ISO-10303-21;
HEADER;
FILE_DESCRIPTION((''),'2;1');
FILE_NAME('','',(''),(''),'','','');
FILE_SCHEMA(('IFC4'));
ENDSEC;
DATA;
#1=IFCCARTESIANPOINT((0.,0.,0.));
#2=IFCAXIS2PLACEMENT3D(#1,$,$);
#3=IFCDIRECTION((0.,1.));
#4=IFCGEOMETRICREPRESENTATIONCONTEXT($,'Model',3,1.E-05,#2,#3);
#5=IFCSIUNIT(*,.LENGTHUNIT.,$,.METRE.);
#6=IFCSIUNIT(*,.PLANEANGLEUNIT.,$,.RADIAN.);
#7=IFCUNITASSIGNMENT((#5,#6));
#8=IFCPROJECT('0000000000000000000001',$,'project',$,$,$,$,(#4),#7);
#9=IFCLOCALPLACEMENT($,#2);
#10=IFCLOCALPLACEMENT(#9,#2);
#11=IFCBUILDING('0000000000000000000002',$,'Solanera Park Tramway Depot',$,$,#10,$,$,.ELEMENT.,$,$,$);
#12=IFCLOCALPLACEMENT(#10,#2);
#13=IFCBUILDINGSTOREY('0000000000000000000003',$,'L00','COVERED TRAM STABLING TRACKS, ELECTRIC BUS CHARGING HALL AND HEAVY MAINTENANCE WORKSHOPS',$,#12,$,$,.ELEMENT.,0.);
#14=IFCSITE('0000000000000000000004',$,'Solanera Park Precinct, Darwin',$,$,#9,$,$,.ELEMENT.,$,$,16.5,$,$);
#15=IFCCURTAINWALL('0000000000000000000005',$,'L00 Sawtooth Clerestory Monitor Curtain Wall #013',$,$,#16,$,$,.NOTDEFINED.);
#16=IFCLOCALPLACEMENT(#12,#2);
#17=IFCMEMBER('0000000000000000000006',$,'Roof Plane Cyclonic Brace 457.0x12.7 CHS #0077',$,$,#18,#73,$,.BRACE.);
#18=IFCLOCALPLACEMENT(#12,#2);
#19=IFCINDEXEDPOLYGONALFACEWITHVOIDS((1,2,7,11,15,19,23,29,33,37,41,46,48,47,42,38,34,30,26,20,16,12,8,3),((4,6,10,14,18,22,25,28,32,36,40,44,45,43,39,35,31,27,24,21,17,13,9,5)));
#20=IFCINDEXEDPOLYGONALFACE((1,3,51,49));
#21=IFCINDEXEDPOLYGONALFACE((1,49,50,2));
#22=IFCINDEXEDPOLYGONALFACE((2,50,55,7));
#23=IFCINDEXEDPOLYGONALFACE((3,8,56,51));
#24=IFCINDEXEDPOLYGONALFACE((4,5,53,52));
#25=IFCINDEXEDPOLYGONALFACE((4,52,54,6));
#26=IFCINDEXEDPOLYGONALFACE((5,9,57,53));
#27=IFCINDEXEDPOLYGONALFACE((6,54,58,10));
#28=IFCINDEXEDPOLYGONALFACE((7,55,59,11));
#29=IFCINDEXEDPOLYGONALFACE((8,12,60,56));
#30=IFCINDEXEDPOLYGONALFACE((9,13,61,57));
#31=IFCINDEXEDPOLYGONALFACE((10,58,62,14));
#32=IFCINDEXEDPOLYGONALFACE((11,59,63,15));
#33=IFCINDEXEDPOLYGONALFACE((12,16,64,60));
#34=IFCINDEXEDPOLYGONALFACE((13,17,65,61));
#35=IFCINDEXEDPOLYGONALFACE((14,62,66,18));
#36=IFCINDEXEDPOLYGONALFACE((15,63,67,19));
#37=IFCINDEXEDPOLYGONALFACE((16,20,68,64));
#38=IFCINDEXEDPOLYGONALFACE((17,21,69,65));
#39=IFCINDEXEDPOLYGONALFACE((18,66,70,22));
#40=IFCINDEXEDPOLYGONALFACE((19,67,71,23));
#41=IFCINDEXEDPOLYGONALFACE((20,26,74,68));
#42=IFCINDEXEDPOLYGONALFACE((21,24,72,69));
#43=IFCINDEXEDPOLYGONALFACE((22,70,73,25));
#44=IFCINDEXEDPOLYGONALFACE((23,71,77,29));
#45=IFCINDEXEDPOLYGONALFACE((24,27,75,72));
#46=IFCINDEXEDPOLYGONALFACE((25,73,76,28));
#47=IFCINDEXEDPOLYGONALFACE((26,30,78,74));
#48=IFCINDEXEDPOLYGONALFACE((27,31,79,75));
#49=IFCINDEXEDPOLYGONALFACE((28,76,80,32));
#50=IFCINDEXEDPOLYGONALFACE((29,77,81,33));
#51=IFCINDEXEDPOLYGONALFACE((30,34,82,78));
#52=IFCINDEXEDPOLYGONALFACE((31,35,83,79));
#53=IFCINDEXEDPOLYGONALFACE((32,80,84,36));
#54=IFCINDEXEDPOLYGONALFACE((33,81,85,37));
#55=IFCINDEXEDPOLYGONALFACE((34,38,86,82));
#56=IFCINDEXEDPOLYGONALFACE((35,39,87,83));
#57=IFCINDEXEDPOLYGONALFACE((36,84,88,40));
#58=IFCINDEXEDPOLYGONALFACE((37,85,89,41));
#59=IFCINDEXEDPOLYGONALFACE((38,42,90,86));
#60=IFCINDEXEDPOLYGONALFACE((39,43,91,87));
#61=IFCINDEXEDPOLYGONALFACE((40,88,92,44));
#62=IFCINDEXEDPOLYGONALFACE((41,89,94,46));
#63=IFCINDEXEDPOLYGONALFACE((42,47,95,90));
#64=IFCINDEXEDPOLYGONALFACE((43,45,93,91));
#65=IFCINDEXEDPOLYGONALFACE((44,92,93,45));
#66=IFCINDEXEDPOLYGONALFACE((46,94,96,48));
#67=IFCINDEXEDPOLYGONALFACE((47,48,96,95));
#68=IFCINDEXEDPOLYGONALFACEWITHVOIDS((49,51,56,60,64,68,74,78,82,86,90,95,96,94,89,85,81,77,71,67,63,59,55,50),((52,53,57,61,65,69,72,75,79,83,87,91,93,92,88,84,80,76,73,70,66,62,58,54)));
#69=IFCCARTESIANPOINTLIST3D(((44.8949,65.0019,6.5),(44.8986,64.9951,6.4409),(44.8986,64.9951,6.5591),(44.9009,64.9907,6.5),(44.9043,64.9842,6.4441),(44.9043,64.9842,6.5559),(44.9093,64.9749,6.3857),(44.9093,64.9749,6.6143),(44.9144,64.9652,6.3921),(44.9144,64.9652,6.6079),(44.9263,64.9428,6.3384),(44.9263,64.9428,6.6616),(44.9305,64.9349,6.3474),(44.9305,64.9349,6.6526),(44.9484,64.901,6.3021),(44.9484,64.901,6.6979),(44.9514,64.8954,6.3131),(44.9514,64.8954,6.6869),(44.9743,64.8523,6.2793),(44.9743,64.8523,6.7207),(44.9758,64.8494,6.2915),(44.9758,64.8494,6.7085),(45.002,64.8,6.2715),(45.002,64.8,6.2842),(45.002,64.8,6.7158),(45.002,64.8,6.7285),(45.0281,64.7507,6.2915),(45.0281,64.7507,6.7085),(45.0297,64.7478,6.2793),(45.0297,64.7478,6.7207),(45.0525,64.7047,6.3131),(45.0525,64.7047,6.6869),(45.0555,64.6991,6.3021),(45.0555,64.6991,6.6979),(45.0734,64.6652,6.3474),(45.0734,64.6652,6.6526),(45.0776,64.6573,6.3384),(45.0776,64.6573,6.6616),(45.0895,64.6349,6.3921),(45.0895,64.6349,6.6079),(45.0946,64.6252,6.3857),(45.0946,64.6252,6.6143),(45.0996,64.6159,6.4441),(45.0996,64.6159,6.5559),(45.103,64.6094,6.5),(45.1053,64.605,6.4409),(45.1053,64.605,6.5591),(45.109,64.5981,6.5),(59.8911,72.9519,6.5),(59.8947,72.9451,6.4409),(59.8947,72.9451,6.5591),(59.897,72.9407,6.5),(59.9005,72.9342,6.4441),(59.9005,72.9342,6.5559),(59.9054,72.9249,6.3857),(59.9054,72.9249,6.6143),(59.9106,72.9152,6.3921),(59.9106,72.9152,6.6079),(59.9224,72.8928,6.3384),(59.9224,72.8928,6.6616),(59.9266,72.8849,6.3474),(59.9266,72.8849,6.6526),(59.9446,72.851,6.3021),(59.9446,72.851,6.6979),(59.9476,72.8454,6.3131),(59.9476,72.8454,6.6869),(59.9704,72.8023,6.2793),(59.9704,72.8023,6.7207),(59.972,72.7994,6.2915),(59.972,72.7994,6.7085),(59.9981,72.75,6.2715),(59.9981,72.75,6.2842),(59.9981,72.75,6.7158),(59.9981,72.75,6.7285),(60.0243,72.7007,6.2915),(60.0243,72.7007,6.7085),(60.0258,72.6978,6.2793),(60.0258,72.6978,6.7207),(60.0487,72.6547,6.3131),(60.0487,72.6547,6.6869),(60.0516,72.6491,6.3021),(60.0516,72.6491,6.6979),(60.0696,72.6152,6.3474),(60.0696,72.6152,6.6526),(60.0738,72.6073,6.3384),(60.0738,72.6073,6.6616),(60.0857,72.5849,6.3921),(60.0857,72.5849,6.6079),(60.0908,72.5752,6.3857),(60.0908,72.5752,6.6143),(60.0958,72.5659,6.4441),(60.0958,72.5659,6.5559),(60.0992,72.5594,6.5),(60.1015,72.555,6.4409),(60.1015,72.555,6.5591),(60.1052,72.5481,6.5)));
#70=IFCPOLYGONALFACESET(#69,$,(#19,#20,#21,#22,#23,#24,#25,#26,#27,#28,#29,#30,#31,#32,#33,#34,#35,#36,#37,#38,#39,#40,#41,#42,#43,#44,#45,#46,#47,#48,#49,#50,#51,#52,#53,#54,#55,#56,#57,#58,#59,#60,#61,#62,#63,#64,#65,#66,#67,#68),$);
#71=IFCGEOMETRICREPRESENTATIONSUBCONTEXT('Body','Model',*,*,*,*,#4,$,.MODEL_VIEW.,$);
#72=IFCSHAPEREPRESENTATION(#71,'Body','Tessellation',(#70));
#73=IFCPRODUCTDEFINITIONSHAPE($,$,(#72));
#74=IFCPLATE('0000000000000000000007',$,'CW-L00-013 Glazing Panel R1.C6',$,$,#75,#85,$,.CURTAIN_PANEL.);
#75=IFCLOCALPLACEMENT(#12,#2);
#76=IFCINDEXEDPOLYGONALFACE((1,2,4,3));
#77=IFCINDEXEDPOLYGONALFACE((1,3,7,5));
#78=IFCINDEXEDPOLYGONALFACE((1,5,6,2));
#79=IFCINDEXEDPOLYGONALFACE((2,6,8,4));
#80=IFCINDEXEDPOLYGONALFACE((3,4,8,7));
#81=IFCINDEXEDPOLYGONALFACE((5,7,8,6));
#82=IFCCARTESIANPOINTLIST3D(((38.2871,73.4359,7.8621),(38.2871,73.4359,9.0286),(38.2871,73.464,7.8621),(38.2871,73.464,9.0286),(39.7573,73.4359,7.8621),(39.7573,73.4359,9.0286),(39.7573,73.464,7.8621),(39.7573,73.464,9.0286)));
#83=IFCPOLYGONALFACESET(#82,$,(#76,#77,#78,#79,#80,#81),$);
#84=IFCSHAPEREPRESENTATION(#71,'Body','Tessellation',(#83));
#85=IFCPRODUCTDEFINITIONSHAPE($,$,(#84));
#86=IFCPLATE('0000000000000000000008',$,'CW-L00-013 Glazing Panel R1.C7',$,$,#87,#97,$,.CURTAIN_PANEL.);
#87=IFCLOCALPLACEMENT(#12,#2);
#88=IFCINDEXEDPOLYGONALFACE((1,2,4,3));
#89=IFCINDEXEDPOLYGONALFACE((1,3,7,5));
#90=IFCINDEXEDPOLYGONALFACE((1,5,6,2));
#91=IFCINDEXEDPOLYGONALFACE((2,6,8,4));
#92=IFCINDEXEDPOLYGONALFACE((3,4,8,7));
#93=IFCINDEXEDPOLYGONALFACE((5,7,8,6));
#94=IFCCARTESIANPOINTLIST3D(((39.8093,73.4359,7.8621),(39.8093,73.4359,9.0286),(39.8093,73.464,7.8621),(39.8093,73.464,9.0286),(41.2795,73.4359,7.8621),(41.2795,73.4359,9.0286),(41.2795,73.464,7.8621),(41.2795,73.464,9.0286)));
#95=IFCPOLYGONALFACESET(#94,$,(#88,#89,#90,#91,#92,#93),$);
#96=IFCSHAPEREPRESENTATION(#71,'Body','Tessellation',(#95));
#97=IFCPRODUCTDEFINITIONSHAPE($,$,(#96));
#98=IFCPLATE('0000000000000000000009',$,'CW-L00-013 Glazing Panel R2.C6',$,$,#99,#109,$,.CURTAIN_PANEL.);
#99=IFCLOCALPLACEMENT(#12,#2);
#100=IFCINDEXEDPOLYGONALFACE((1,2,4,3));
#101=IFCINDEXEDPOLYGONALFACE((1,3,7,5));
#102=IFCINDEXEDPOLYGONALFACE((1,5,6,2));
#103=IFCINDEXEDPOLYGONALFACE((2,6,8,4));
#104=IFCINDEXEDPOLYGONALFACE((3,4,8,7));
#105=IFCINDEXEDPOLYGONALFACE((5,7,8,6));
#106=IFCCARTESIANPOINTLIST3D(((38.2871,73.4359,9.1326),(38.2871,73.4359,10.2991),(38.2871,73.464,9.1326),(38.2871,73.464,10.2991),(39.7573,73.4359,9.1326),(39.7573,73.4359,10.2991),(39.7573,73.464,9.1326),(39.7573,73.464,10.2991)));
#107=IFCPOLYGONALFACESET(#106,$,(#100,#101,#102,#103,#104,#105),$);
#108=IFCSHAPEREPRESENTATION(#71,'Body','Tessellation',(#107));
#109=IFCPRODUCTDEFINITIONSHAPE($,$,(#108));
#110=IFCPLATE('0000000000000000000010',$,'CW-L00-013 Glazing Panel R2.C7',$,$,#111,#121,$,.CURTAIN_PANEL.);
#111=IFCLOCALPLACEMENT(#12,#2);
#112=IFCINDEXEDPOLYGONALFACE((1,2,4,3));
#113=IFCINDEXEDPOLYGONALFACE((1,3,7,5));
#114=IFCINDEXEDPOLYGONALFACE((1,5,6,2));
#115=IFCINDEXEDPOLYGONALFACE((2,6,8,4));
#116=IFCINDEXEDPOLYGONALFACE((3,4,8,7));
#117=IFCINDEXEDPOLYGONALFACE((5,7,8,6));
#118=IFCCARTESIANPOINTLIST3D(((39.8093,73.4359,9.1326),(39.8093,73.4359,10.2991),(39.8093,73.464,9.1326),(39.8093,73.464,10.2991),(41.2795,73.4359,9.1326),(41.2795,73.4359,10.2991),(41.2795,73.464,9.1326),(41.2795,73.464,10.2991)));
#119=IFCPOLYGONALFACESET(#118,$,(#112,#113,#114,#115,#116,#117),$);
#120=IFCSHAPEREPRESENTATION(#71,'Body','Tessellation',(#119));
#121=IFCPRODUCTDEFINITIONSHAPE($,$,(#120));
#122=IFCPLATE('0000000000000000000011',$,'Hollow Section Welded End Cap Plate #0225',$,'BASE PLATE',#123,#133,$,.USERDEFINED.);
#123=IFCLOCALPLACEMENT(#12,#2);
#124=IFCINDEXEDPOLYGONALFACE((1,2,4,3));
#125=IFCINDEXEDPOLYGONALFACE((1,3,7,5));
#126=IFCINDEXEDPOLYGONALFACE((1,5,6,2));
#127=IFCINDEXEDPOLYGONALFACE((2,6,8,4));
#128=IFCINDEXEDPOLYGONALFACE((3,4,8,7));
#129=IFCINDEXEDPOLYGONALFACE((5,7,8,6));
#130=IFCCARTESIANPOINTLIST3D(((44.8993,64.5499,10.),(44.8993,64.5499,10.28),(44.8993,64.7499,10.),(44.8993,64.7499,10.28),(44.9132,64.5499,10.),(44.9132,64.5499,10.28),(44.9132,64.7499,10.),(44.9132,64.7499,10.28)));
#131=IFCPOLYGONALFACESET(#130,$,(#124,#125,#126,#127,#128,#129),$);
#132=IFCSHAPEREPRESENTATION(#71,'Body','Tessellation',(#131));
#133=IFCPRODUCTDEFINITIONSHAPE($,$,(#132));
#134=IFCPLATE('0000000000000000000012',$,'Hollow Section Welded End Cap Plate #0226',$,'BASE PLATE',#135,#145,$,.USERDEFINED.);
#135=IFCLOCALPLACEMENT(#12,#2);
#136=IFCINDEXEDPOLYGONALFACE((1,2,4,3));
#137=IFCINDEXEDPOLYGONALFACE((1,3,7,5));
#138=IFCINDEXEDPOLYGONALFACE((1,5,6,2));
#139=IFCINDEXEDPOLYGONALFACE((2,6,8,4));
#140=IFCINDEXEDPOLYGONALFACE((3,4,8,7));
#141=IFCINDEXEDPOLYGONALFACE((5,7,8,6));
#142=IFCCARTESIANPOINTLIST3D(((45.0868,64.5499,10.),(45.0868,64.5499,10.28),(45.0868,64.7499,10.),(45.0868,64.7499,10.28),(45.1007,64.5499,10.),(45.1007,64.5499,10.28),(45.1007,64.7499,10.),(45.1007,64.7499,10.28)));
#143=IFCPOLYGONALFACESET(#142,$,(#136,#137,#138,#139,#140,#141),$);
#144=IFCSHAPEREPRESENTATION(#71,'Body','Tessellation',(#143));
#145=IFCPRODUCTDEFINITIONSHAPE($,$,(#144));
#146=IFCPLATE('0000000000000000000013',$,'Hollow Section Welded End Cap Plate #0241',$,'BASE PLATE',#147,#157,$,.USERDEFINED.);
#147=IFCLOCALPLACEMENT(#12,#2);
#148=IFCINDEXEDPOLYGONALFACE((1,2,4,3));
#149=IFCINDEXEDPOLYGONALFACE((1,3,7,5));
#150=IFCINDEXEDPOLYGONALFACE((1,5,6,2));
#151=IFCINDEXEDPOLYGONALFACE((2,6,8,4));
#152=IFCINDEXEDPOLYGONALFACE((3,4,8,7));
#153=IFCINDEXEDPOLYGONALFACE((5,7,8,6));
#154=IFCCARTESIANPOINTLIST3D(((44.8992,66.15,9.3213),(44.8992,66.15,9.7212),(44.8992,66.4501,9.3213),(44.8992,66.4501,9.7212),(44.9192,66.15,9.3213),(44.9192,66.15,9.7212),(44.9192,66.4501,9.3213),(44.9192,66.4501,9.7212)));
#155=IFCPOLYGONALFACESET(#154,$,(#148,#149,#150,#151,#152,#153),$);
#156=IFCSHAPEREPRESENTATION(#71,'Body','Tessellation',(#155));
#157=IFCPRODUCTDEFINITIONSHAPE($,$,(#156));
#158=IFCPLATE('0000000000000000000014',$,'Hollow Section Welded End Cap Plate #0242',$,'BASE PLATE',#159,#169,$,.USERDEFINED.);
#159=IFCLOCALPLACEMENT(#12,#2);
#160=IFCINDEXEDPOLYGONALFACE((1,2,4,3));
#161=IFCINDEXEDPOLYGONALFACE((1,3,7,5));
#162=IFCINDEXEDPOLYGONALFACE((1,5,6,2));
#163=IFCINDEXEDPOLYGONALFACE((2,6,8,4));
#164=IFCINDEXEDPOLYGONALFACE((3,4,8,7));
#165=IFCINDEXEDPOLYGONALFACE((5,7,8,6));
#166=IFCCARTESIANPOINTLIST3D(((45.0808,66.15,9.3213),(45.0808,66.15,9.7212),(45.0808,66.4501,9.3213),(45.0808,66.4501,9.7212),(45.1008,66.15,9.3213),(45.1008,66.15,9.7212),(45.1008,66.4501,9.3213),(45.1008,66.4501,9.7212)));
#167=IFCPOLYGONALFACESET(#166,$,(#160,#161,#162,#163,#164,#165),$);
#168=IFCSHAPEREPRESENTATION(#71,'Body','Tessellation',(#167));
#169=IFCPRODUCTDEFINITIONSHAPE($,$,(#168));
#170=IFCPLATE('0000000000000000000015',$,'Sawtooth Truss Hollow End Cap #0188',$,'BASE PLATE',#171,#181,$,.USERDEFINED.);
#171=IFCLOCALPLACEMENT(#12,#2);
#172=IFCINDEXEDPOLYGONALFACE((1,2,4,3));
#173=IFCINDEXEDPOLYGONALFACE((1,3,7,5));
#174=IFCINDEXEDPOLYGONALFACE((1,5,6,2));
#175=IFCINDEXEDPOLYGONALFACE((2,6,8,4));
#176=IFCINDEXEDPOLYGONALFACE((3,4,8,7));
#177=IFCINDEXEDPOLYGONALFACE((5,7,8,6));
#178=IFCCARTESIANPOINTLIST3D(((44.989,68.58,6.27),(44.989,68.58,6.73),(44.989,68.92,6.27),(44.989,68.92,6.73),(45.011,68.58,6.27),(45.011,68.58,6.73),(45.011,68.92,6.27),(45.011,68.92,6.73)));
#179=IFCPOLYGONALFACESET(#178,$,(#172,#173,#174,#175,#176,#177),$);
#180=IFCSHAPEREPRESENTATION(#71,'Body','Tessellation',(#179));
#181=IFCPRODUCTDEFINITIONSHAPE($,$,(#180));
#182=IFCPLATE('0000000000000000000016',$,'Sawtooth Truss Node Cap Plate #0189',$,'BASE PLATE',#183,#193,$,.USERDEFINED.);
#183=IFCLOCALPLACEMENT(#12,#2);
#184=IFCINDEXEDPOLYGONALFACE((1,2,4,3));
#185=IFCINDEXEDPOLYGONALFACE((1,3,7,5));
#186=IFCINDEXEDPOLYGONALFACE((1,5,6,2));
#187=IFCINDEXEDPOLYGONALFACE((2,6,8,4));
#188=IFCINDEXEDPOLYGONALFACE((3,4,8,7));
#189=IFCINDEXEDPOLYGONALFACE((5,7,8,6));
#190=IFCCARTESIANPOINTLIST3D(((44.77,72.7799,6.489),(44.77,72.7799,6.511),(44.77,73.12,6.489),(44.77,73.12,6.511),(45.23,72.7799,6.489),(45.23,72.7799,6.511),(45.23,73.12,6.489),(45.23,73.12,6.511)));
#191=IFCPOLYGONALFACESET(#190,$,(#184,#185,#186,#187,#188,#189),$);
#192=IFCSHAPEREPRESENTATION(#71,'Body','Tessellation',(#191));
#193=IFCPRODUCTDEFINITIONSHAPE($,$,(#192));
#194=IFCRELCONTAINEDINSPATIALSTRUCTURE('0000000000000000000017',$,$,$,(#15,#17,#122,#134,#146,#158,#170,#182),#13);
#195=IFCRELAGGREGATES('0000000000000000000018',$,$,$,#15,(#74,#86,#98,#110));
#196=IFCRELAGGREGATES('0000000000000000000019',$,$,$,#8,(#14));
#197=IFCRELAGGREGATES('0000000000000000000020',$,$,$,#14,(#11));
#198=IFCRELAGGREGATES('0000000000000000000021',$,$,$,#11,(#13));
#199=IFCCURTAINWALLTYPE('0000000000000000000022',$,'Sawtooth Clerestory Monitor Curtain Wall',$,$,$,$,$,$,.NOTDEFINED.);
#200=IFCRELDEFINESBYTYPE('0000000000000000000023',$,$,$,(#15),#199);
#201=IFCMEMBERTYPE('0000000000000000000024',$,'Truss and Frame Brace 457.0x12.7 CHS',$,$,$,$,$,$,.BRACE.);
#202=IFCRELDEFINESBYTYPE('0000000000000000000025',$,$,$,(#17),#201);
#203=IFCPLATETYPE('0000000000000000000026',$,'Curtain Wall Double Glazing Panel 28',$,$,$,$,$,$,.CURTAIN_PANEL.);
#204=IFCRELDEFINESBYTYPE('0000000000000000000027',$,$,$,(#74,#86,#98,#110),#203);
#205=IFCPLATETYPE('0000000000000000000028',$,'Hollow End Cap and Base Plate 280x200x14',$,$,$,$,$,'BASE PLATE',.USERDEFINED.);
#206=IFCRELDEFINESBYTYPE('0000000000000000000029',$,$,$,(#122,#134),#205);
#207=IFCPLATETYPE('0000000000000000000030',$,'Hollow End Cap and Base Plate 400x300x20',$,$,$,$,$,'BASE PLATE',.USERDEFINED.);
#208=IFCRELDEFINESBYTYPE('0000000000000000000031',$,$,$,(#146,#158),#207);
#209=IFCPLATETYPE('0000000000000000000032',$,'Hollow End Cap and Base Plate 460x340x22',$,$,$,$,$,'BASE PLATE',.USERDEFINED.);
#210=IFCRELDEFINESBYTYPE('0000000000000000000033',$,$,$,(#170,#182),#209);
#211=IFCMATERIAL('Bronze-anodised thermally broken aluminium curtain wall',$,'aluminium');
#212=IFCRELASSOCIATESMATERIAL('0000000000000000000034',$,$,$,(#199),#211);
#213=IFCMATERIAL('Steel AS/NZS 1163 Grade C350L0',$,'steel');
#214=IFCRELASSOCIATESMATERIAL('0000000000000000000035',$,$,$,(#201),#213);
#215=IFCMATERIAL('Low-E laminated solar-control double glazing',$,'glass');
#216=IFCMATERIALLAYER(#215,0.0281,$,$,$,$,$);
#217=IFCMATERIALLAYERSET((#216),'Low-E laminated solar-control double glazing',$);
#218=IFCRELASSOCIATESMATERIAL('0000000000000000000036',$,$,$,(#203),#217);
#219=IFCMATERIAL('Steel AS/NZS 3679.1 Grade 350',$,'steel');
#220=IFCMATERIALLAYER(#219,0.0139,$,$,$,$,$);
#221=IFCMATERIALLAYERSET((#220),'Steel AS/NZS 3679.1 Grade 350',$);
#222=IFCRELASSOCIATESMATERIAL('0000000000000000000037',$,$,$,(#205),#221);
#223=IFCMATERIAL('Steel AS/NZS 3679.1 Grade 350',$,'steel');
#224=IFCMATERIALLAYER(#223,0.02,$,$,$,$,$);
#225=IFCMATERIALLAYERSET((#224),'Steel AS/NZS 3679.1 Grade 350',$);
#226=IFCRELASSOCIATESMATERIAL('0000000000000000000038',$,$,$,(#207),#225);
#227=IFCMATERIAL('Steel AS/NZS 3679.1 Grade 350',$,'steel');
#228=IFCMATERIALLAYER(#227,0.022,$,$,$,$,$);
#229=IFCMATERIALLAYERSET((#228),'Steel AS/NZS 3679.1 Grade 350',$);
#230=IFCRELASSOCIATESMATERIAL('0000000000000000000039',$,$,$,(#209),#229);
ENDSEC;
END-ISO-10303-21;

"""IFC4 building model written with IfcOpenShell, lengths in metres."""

from ifc_helpers import new_model, si_unit, direction, frame, origin, origin_2d, place, context, subcontext, project, spatial, rectangle, hollow_circle, extrude, material, layer, layer_set, material_profile, profile_set, type_object, element, aggregate, save


model = new_model("IFC4")

# Units and contexts
model_context = context("Model", 3, precision=1e-05, world=origin(), true_north=direction((0.0, 1.0)))
body_context = subcontext(model_context, "Body", "Model", "MODEL_VIEW")
ifc_project = project(units=[si_unit("LENGTHUNIT", "METRE"), si_unit("PLANEANGLEUNIT", "RADIAN")], contexts=[model_context])

# Site, building, storey
site_placement = place(None, origin())
site = spatial("IfcSite", under=ifc_project, at=site_placement, Name="Solanera Park Precinct, Darwin", CompositionType="ELEMENT", RefElevation=16.5)
building_placement = place(site_placement, origin())
building = spatial("IfcBuilding", under=site, at=building_placement, Name="Solanera Park Tramway Depot", CompositionType="ELEMENT")
storey_placement = place(building_placement, origin())
storey = spatial("IfcBuildingStorey", under=building, at=storey_placement, Name="L00", Description="COVERED TRAM STABLING TRACKS, ELECTRIC BUS CHARGING HALL AND HEAVY MAINTENANCE WORKSHOPS", CompositionType="ELEMENT", Elevation=0.0)

# Curtain wall
ifc_material_1 = material(Name="Bronze-anodised thermally broken aluminium curtain wall", Category="aluminium")
curtain_wall_type = type_object("IfcCurtainWallType", Name="Sawtooth Clerestory Monitor Curtain Wall", PredefinedType="NOTDEFINED", material=ifc_material_1)
curtain_wall_placement = place(storey_placement, origin())
curtain_wall = element("IfcCurtainWall", 1, at=curtain_wall_placement, inside=storey, type_object=curtain_wall_type, Name="L00 Sawtooth Clerestory Monitor Curtain Wall #013", PredefinedType="NOTDEFINED")

# Member
ifc_material_2 = material(Name="Steel AS/NZS 1163 Grade C350L0", Category="steel")
ifc_material_profile_1 = material_profile(ifc_material_2, hollow_circle(Radius=0.2285, WallThickness=0.0127, at=origin_2d()), Name="457.0x12.7 CHS")
ifc_profile_set_1 = profile_set([ifc_material_profile_1], Name="Steel AS/NZS 1163 Grade C350L0")
member_type_1 = type_object("IfcMemberType", Name="Truss and Frame Brace 457.0x12.7 CHS", PredefinedType="BRACE", material=ifc_profile_set_1)
member_1_placement = place(storey_placement, frame((45.002, 64.8, 6.5), z_axis=(0.883524, 0.468387, 0.0), x_axis=(-0.468387, 0.883524, 0.0)))
element("IfcMember", 2, at=member_1_placement, inside=storey, type_object=member_type_1, Name="Roof Plane Cyclonic Brace 457.0x12.7 CHS #0077", PredefinedType="BRACE", context=body_context, shape_type="SweptSolid", body=[
    extrude(hollow_circle(Radius=0.2285, WallThickness=0.0127, at=origin_2d()), origin(), (0.0, 0.0, 1.0), 16.9731),
])

# Plates
ifc_material_3 = material(Name="Low-E laminated solar-control double glazing", Category="glass")
ifc_layer_1 = layer(ifc_material_3, 0.0281)
ifc_layer_set_1 = layer_set([ifc_layer_1], Name="Low-E laminated solar-control double glazing")
plate_type_1 = type_object("IfcPlateType", Name="Curtain Wall Double Glazing Panel 28", PredefinedType="CURTAIN_PANEL", material=ifc_layer_set_1)
plate_1_placement = place(storey_placement, frame((39.0222, 73.45, 7.8621), z_axis=(0.0, 0.0, 1.0), x_axis=(1.0, 0.0, 0.0)))
plate_1 = element("IfcPlate", 3, at=plate_1_placement, type_object=plate_type_1, Name="CW-L00-013 Glazing Panel R1.C6", PredefinedType="CURTAIN_PANEL", context=body_context, shape_type="SweptSolid", body=[
    extrude(rectangle(XDim=1.4702, YDim=0.0281, at=origin_2d()), origin(), (0.0, 0.0, 1.0), 1.1665),
])
plate_2_placement = place(storey_placement, frame((40.5444, 73.45, 7.8621), z_axis=(0.0, 0.0, 1.0), x_axis=(1.0, 0.0, 0.0)))
plate_2 = element("IfcPlate", 4, at=plate_2_placement, type_object=plate_type_1, Name="CW-L00-013 Glazing Panel R1.C7", PredefinedType="CURTAIN_PANEL", context=body_context, shape_type="SweptSolid", body=[
    extrude(rectangle(XDim=1.4702, YDim=0.0281, at=origin_2d()), origin(), (0.0, 0.0, 1.0), 1.1665),
])
plate_3_placement = place(storey_placement, frame((39.0222, 73.45, 9.1326), z_axis=(0.0, 0.0, 1.0), x_axis=(1.0, 0.0, 0.0)))
plate_3 = element("IfcPlate", 5, at=plate_3_placement, type_object=plate_type_1, Name="CW-L00-013 Glazing Panel R2.C6", PredefinedType="CURTAIN_PANEL", context=body_context, shape_type="SweptSolid", body=[
    extrude(rectangle(XDim=1.4702, YDim=0.0281, at=origin_2d()), origin(), (0.0, 0.0, 1.0), 1.1665),
])
plate_4_placement = place(storey_placement, frame((40.5444, 73.45, 9.1326), z_axis=(0.0, 0.0, 1.0), x_axis=(1.0, 0.0, 0.0)))
plate_4 = element("IfcPlate", 6, at=plate_4_placement, type_object=plate_type_1, Name="CW-L00-013 Glazing Panel R2.C7", PredefinedType="CURTAIN_PANEL", context=body_context, shape_type="SweptSolid", body=[
    extrude(rectangle(XDim=1.4702, YDim=0.0281, at=origin_2d()), origin(), (0.0, 0.0, 1.0), 1.1665),
])
aggregate(curtain_wall, [plate_1, plate_2, plate_3, plate_4])

# Plates
ifc_material_4 = material(Name="Steel AS/NZS 3679.1 Grade 350", Category="steel")
ifc_layer_2 = layer(ifc_material_4, 0.0139)
ifc_layer_set_2 = layer_set([ifc_layer_2], Name="Steel AS/NZS 3679.1 Grade 350")
plate_type_2 = type_object("IfcPlateType", Name="Hollow End Cap and Base Plate 280x200x14", ElementType="BASE PLATE", PredefinedType="USERDEFINED", material=ifc_layer_set_2)
for number, where, z_axis, x_axis, name in (
    (7, (44.9062, 64.6499, 10.0), (0.0, 0.0, 1.0), (1.0, 0.0, 0.0), "Hollow Section Welded End Cap Plate #0225"),
    (8, (45.0938, 64.6499, 10.0), (0.0, 0.0, 1.0), (1.0, 0.0, 0.0), "Hollow Section Welded End Cap Plate #0226"),
):
    element("IfcPlate", number, at=place(storey_placement, frame(where, z_axis=z_axis, x_axis=x_axis)), inside=storey, type_object=plate_type_2, Name=name, ObjectType="BASE PLATE", PredefinedType="USERDEFINED", context=body_context, shape_type="SweptSolid", body=[
        extrude(rectangle(XDim=0.0139, YDim=0.2, at=origin_2d()), origin(), (0.0, 0.0, 1.0), 0.28),
    ])
ifc_material_5 = material(Name="Steel AS/NZS 3679.1 Grade 350", Category="steel")
ifc_layer_3 = layer(ifc_material_5, 0.02)
ifc_layer_set_3 = layer_set([ifc_layer_3], Name="Steel AS/NZS 3679.1 Grade 350")
plate_type_3 = type_object("IfcPlateType", Name="Hollow End Cap and Base Plate 400x300x20", ElementType="BASE PLATE", PredefinedType="USERDEFINED", material=ifc_layer_set_3)
for number, where, z_axis, x_axis, name in (
    (9, (44.9092, 66.3, 9.3213), (0.0, 0.0, 1.0), (1.0, 0.0, 0.0), "Hollow Section Welded End Cap Plate #0241"),
    (10, (45.0908, 66.3, 9.3213), (0.0, 0.0, 1.0), (1.0, 0.0, 0.0), "Hollow Section Welded End Cap Plate #0242"),
):
    element("IfcPlate", number, at=place(storey_placement, frame(where, z_axis=z_axis, x_axis=x_axis)), inside=storey, type_object=plate_type_3, Name=name, ObjectType="BASE PLATE", PredefinedType="USERDEFINED", context=body_context, shape_type="SweptSolid", body=[
        extrude(rectangle(XDim=0.02, YDim=0.3, at=origin_2d()), origin(), (0.0, 0.0, 1.0), 0.3999),
    ])
ifc_material_6 = material(Name="Steel AS/NZS 3679.1 Grade 350", Category="steel")
ifc_layer_4 = layer(ifc_material_6, 0.022)
ifc_layer_set_4 = layer_set([ifc_layer_4], Name="Steel AS/NZS 3679.1 Grade 350")
plate_type_4 = type_object("IfcPlateType", Name="Hollow End Cap and Base Plate 460x340x22", ElementType="BASE PLATE", PredefinedType="USERDEFINED", material=ifc_layer_set_4)
plate_5_placement = place(storey_placement, frame((45.0, 68.75, 6.27), z_axis=(0.0, 0.0, 1.0), x_axis=(1.0, 0.0, 0.0)))
element("IfcPlate", 11, at=plate_5_placement, inside=storey, type_object=plate_type_4, Name="Sawtooth Truss Hollow End Cap #0188", ObjectType="BASE PLATE", PredefinedType="USERDEFINED", context=body_context, shape_type="SweptSolid", body=[
    extrude(rectangle(XDim=0.022, YDim=0.3401, at=origin_2d()), origin(), (0.0, 0.0, 1.0), 0.46),
])
for number, where, z_axis, x_axis, name in (
    (12, (45.0, 72.95, 6.489), (0.0, 0.0, 1.0), (1.0, 0.0, 0.0), "Sawtooth Truss Node Cap Plate #0189"),
):
    element("IfcPlate", number, at=place(storey_placement, frame(where, z_axis=z_axis, x_axis=x_axis)), inside=storey, type_object=plate_type_4, Name=name, ObjectType="BASE PLATE", PredefinedType="USERDEFINED", context=body_context, shape_type="SweptSolid", body=[
        extrude(rectangle(XDim=0.46, YDim=0.3401, at=origin_2d()), origin(), (0.0, 0.0, 1.0), 0.022),
    ])

save(model, "model.ifc")
